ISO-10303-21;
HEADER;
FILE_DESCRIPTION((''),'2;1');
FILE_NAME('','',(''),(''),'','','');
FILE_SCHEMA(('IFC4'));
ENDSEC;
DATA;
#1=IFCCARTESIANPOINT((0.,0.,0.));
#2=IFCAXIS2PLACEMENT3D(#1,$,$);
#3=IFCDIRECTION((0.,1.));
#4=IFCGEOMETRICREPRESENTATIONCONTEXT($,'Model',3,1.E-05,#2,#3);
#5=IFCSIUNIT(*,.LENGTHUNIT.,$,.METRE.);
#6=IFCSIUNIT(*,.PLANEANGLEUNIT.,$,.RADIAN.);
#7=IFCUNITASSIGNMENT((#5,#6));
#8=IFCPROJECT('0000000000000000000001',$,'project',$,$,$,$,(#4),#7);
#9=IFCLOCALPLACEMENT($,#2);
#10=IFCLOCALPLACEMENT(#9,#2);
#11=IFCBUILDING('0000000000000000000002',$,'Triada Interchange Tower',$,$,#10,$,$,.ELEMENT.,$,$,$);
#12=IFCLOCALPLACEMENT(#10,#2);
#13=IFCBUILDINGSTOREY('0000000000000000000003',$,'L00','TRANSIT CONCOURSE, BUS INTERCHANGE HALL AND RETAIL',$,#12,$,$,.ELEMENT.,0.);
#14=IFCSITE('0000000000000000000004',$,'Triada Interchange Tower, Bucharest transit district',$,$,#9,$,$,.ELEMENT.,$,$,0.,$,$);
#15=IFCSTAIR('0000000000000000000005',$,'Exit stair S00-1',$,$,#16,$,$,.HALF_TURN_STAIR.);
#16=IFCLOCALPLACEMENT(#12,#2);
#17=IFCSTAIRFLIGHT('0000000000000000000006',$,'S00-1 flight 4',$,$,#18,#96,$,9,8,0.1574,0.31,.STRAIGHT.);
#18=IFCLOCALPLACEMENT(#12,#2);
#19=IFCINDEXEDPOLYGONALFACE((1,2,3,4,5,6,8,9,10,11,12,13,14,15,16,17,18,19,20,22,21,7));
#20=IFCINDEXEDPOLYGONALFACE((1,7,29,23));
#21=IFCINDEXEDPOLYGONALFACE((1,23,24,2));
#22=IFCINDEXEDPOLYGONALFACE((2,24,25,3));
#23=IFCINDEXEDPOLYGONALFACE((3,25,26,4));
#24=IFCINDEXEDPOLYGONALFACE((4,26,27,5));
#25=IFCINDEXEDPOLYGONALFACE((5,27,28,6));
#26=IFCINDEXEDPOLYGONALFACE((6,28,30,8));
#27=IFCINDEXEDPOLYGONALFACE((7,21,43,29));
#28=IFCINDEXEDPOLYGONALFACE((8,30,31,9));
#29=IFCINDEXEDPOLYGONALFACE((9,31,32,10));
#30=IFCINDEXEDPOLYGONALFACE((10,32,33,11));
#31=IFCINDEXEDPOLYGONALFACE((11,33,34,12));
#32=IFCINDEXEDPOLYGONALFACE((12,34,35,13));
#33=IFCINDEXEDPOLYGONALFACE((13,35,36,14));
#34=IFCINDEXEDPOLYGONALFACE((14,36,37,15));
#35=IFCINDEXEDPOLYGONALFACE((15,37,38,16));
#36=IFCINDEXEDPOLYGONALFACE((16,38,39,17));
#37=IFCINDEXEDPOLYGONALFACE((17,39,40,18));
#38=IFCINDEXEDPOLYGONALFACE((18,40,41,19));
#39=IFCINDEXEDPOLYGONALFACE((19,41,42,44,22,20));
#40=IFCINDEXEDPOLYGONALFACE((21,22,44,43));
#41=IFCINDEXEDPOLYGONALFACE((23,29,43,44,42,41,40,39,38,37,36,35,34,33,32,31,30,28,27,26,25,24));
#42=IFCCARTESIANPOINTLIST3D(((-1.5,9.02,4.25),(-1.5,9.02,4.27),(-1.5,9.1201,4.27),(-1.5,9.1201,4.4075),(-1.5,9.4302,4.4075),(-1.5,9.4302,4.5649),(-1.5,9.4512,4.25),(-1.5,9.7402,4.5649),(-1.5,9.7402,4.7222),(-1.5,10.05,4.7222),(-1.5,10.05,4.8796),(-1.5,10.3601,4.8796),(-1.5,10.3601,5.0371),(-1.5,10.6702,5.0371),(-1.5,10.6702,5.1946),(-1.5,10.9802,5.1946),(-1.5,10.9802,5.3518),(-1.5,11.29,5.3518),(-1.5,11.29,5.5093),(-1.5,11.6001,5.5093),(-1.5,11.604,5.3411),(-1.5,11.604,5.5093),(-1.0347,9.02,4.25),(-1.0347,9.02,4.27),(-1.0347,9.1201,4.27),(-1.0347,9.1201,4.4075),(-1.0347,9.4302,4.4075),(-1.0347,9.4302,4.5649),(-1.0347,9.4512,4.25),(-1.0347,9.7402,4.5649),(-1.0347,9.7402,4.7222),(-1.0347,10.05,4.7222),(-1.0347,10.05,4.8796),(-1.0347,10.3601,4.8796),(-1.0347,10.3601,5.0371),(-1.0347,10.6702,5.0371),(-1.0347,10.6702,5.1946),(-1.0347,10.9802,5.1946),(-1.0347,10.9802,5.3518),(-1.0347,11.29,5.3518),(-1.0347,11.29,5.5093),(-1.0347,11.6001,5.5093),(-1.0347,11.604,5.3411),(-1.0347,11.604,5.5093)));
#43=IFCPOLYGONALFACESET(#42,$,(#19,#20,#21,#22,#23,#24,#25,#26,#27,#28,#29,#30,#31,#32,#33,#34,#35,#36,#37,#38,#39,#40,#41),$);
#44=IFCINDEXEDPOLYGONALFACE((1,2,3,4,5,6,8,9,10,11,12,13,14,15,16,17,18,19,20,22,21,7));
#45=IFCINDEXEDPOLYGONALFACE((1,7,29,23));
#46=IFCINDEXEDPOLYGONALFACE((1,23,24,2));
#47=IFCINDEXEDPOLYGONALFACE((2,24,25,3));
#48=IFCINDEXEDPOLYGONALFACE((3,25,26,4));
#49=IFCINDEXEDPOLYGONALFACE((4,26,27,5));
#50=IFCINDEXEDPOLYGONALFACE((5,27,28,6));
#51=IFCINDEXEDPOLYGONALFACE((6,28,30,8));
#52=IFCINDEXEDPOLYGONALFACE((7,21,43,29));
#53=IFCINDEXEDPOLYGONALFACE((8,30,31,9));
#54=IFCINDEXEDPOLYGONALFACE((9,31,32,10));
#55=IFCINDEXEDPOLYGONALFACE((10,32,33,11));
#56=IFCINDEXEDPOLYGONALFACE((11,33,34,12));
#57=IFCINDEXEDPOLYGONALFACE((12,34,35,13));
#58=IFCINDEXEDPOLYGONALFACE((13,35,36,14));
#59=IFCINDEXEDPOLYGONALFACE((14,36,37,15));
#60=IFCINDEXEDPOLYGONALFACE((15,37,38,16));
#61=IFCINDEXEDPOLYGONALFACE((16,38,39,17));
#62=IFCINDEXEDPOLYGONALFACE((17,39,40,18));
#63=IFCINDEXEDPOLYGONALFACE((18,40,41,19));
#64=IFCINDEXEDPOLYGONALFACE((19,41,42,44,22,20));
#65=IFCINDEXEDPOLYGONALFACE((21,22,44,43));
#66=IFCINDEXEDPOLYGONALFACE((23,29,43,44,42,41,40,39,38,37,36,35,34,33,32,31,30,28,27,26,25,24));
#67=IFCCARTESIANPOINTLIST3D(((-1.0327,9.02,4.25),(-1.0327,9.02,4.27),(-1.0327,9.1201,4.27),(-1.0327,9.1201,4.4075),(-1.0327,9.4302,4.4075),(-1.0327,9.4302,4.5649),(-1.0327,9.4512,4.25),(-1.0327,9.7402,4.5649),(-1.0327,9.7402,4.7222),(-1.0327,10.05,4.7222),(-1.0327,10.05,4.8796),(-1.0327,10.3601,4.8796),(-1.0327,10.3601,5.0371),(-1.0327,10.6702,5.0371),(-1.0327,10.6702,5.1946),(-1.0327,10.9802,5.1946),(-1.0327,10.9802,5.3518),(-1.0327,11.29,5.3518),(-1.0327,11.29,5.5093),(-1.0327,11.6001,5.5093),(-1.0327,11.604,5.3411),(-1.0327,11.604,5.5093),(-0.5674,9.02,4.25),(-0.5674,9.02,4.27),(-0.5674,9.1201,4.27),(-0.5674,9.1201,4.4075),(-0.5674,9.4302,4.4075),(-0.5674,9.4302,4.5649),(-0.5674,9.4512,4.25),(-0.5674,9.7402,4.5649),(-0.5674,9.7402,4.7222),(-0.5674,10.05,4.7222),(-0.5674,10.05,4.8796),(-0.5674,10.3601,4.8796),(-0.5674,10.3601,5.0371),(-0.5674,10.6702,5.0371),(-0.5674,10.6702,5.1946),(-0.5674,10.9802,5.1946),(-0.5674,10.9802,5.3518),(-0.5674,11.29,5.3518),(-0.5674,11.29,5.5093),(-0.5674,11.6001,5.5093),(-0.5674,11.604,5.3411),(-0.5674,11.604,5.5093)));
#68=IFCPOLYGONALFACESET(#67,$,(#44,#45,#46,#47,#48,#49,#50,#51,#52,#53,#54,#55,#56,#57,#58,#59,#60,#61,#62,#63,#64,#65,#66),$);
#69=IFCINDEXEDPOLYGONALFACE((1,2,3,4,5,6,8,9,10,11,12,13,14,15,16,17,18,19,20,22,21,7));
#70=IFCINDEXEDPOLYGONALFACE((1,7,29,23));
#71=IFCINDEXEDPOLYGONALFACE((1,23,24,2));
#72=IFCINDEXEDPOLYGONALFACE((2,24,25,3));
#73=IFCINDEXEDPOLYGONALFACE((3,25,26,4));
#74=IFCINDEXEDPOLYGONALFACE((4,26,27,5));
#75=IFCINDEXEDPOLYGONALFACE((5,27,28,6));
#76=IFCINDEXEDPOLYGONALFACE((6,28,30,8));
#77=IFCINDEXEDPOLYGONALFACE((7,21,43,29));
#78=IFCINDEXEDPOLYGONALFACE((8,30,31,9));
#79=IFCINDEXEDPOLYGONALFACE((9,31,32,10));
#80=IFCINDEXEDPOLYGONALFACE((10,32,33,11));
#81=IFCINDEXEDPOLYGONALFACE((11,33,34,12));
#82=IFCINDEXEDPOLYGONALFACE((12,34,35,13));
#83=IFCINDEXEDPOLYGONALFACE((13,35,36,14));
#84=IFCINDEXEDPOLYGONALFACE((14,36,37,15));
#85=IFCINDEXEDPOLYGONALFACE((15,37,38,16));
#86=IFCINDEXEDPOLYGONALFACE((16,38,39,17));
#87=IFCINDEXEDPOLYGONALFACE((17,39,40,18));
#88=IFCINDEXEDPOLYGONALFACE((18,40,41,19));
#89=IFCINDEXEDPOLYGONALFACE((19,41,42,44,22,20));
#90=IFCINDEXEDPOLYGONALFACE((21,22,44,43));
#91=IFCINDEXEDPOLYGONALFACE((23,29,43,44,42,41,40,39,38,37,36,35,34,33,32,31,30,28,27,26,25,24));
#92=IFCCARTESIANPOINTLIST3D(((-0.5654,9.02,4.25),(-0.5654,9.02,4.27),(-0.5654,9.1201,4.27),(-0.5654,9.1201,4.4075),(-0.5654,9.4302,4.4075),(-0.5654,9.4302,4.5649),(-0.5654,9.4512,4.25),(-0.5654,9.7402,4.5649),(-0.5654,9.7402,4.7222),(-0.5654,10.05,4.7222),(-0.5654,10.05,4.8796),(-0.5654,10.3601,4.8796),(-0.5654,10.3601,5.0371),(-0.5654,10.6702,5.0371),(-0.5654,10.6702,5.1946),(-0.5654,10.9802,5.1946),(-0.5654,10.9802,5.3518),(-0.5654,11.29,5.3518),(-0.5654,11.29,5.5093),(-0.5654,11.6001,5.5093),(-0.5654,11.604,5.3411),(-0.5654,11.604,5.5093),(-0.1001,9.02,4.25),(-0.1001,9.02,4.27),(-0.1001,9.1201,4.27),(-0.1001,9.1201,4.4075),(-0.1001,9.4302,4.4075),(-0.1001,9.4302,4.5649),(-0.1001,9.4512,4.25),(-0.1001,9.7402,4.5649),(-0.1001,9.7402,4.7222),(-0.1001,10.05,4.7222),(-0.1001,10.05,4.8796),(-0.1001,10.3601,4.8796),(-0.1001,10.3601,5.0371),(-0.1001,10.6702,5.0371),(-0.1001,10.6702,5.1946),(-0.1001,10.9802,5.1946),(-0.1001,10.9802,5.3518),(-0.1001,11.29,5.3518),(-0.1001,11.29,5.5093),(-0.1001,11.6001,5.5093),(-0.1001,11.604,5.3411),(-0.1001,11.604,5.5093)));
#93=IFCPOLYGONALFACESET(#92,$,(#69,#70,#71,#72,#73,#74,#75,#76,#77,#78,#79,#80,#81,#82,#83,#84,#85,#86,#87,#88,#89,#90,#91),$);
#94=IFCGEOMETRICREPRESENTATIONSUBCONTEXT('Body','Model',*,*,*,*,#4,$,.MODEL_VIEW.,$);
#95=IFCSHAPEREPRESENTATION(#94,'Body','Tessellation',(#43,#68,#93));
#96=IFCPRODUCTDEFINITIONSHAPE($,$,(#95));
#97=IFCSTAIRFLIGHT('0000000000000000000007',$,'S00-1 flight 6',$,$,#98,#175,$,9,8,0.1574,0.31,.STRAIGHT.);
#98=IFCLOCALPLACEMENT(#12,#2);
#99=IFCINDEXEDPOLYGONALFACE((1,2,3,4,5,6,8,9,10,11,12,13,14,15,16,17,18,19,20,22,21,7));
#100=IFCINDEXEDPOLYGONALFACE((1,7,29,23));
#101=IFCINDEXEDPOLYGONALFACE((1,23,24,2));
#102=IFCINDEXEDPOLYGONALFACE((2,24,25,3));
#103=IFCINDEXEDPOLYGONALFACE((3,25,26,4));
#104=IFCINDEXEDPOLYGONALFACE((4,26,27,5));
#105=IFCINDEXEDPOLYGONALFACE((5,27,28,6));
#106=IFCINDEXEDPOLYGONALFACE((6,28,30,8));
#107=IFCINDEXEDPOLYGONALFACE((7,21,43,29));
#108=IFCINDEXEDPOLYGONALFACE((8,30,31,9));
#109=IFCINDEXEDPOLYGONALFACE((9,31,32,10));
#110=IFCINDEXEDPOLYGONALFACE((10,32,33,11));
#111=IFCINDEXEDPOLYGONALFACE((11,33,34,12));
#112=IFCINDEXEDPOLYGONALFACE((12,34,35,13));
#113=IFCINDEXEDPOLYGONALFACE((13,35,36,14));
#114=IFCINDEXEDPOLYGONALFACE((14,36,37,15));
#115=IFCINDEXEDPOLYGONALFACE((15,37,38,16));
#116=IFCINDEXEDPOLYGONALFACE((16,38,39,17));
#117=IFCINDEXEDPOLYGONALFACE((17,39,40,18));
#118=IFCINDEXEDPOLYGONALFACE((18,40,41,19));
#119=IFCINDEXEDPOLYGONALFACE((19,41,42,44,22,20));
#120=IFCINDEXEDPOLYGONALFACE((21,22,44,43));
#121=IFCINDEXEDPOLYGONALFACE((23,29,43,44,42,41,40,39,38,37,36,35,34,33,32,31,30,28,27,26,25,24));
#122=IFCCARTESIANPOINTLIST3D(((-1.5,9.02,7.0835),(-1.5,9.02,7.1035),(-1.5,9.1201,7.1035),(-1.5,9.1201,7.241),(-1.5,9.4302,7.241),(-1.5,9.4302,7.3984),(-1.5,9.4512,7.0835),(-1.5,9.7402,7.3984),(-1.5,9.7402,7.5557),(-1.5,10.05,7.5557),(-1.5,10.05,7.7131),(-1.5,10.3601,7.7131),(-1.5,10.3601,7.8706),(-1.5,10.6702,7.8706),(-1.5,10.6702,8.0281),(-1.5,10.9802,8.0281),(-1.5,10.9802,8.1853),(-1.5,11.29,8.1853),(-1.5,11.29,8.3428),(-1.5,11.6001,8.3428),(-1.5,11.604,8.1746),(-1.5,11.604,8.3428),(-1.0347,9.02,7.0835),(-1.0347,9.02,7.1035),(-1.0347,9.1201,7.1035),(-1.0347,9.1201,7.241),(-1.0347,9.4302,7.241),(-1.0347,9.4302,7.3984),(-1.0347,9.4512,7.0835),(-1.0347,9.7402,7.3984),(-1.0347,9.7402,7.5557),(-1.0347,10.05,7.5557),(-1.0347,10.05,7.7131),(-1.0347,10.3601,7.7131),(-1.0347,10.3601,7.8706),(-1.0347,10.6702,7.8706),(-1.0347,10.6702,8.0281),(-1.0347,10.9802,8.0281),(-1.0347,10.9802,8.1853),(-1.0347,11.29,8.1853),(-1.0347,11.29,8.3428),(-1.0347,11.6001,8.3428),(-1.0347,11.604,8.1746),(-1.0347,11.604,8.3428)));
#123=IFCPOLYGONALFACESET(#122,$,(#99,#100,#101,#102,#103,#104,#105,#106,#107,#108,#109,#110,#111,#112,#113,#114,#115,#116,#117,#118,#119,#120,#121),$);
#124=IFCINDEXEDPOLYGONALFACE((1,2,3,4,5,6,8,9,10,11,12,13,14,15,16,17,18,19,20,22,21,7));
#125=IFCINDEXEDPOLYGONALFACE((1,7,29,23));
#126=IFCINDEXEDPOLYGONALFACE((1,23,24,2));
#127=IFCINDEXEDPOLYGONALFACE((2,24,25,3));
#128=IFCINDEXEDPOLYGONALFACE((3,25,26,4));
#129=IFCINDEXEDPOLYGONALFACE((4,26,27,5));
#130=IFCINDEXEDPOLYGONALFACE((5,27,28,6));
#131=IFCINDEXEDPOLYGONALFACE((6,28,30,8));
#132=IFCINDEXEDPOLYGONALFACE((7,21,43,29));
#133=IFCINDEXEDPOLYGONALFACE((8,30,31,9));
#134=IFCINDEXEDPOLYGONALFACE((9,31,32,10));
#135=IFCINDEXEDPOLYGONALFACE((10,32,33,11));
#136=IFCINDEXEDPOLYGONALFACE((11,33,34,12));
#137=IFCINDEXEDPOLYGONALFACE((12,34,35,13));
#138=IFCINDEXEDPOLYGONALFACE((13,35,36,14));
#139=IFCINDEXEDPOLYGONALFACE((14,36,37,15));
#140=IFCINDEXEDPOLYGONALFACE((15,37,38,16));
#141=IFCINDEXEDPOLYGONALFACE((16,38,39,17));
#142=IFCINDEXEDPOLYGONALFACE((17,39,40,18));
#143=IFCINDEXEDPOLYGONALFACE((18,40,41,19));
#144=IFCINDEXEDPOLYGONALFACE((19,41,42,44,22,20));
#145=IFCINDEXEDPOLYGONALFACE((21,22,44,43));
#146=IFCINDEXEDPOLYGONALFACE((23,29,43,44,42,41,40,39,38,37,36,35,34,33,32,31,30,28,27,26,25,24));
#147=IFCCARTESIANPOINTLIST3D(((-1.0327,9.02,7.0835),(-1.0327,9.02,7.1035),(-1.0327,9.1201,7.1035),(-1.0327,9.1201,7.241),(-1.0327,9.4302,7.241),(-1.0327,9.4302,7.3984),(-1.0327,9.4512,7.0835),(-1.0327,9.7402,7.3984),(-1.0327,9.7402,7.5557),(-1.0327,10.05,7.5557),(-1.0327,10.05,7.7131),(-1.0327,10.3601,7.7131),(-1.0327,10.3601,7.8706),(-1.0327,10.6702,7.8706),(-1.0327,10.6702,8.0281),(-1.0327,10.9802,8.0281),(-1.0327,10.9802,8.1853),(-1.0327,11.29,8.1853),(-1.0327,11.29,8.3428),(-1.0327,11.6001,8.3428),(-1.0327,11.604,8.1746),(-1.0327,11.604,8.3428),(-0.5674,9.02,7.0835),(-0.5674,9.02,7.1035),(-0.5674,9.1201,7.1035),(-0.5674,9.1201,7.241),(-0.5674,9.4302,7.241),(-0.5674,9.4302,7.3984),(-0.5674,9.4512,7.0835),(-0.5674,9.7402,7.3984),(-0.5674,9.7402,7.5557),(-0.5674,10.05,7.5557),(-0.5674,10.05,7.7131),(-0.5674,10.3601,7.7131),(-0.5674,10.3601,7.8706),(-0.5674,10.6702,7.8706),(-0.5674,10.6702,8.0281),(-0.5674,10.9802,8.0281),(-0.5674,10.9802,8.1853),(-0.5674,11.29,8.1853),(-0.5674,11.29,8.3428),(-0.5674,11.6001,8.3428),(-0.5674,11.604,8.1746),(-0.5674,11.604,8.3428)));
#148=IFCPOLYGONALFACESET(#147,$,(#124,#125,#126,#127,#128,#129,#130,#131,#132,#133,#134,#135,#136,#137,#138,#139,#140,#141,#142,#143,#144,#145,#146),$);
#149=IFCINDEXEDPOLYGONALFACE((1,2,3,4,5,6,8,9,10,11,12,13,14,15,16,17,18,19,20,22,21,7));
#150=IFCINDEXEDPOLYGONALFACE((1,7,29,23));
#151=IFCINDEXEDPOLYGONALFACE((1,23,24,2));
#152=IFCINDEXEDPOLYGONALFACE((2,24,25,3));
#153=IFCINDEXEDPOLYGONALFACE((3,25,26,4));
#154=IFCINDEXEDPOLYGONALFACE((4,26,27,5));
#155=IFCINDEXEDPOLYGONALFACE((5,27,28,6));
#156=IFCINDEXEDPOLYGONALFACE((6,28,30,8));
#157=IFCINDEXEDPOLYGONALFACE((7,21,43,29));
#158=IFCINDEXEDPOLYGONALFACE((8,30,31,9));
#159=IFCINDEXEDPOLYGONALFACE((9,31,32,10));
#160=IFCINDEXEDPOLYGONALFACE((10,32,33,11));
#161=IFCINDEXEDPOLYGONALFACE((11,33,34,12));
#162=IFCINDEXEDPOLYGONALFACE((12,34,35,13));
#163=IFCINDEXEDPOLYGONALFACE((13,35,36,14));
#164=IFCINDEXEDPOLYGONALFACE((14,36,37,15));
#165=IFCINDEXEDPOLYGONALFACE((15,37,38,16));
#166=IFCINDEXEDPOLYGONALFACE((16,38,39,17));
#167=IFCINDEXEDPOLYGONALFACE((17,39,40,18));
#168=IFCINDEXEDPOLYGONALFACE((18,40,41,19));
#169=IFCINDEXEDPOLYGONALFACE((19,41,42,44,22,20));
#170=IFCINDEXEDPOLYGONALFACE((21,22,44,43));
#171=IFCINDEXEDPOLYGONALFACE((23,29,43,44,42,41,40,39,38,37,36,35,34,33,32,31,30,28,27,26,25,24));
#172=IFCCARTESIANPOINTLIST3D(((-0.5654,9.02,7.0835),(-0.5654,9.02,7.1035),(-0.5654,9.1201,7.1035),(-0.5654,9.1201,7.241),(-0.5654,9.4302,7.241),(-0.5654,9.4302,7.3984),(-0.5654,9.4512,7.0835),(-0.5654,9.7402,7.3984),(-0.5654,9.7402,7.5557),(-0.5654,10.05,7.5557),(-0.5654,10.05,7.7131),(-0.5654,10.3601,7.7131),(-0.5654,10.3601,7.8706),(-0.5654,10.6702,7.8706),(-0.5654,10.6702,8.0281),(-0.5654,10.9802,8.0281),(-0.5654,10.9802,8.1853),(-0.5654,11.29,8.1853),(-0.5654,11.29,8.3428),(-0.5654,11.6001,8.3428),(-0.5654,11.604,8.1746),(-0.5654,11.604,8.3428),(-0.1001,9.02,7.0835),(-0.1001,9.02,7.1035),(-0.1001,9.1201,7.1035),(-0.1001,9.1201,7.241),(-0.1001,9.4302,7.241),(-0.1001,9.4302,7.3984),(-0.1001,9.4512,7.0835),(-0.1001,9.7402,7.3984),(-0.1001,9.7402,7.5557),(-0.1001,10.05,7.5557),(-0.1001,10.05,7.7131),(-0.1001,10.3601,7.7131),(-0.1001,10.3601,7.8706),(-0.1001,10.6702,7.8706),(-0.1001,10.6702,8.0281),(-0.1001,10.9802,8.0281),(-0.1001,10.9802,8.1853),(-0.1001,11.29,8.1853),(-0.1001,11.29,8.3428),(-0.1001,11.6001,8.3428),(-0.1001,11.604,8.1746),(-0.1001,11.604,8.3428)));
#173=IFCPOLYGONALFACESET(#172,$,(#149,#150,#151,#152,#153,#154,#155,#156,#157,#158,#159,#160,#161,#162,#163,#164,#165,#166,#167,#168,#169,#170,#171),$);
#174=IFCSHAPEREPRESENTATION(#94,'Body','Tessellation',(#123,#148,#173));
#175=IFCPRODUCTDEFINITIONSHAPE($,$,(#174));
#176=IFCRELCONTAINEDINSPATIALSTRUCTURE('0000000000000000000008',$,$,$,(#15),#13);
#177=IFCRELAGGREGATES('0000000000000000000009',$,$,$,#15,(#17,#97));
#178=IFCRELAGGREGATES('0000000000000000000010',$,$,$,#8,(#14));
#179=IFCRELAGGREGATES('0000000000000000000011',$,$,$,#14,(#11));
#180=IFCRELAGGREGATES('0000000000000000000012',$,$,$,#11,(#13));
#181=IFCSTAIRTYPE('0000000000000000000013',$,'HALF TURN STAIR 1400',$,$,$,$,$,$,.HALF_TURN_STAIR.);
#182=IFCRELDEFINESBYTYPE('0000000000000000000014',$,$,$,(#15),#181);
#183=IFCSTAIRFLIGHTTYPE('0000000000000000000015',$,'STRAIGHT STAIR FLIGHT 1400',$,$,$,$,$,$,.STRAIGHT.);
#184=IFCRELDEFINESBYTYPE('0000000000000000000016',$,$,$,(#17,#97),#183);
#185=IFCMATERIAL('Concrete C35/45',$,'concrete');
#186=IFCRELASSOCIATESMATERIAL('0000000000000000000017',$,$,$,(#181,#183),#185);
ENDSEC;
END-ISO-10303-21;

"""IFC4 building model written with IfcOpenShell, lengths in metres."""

from ifc_helpers import new_model, si_unit, direction, frame, origin, place, context, subcontext, project, spatial, polyline, outline, extrude, material, type_object, element, aggregate, save


model = new_model("IFC4")

# Units and contexts
model_context = context("Model", 3, precision=1e-05, world=origin(), true_north=direction((0.0, 1.0)))
body_context = subcontext(model_context, "Body", "Model", "MODEL_VIEW")
ifc_project = project(units=[si_unit("LENGTHUNIT", "METRE"), si_unit("PLANEANGLEUNIT", "RADIAN")], contexts=[model_context])

# Site, building, storey
site_placement = place(None, origin())
site = spatial("IfcSite", under=ifc_project, at=site_placement, Name="Triada Interchange Tower, Bucharest transit district", CompositionType="ELEMENT", RefElevation=0.0)
building_placement = place(site_placement, origin())
building = spatial("IfcBuilding", under=site, at=building_placement, Name="Triada Interchange Tower", CompositionType="ELEMENT")
storey_placement = place(building_placement, origin())
storey = spatial("IfcBuildingStorey", under=building, at=storey_placement, Name="L00", Description="TRANSIT CONCOURSE, BUS INTERCHANGE HALL AND RETAIL", CompositionType="ELEMENT", Elevation=0.0)

# Stair, stair flights
ifc_material_1 = material(Name="Concrete C35/45", Category="concrete")
stair_type = type_object("IfcStairType", Name="HALF TURN STAIR 1400", PredefinedType="HALF_TURN_STAIR", material=ifc_material_1)
stair_placement = place(storey_placement, origin())
stair = element("IfcStair", 1, at=stair_placement, inside=storey, type_object=stair_type, Name="Exit stair S00-1", PredefinedType="HALF_TURN_STAIR")
stair_flight_type = type_object("IfcStairFlightType", Name="STRAIGHT STAIR FLIGHT 1400", PredefinedType="STRAIGHT", material=ifc_material_1)
stair_flight_1_placement = place(storey_placement, frame((-0.8, 9.1201, 4.25), z_axis=(0.0, 0.0, 1.0), x_axis=(0.0, 1.0, 0.0)))
stair_flight_1 = element("IfcStairFlight", 2, at=stair_flight_1_placement, type_object=stair_flight_type, Name="S00-1 flight 4", NumberOfRisers=9, NumberOfTreads=8, PredefinedType="STRAIGHT", RiserHeight=0.1574, TreadLength=0.31, context=body_context, shape_type="SweptSolid", body=[
    extrude(outline(polyline([(-0.1001, 0.0), (-0.1001, 0.02), (0.0, 0.02), (0.0, 0.1575), (0.3101, 0.1575), (0.3101, 0.3149), (0.6201, 0.3149), (0.6201, 0.4722), (0.9299, 0.4722), (0.9299, 0.6296), (1.24, 0.6296), (1.24, 0.7871), (1.55, 0.7871), (1.55, 0.9446), (1.8601, 0.9446), (1.8601, 1.1018), (2.1699, 1.1018), (2.1699, 1.2593), (2.48, 1.2593), (2.4839, 1.2593), (2.4839, 1.4167), (2.4839, 1.0911), (0.3311, 0.0), (-0.1001, 0.0)])), frame((0.0, 0.7, 0.0), z_axis=(0.0, -1.0, 0.0), x_axis=(1.0, 0.0, 0.0)), (0.0, 0.0, 1.0), 0.4653),
    extrude(outline(polyline([(-0.1001, 0.0), (-0.1001, 0.02), (0.0, 0.02), (0.0, 0.1575), (0.3101, 0.1575), (0.3101, 0.3149), (0.6201, 0.3149), (0.6201, 0.4722), (0.9299, 0.4722), (0.9299, 0.6296), (1.24, 0.6296), (1.24, 0.7871), (1.55, 0.7871), (1.55, 0.9446), (1.8601, 0.9446), (1.8601, 1.1018), (2.1699, 1.1018), (2.1699, 1.2593), (2.48, 1.2593), (2.4839, 1.2593), (2.4839, 1.4167), (2.4839, 1.0911), (0.3311, 0.0), (-0.1001, 0.0)])), frame((0.0, 0.2327, 0.0), z_axis=(0.0, -1.0, 0.0), x_axis=(1.0, 0.0, 0.0)), (0.0, 0.0, 1.0), 0.4653),
    extrude(outline(polyline([(-0.1001, 0.0), (-0.1001, 0.02), (0.0, 0.02), (0.0, 0.1575), (0.3101, 0.1575), (0.3101, 0.3149), (0.6201, 0.3149), (0.6201, 0.4722), (0.9299, 0.4722), (0.9299, 0.6296), (1.24, 0.6296), (1.24, 0.7871), (1.55, 0.7871), (1.55, 0.9446), (1.8601, 0.9446), (1.8601, 1.1018), (2.1699, 1.1018), (2.1699, 1.2593), (2.48, 1.2593), (2.4839, 1.2593), (2.4839, 1.4167), (2.4839, 1.0911), (0.3311, 0.0), (-0.1001, 0.0)])), frame((0.0, -0.2346, 0.0), z_axis=(0.0, -1.0, 0.0), x_axis=(1.0, 0.0, 0.0)), (0.0, 0.0, 1.0), 0.4653),
])
stair_flight_2_placement = place(storey_placement, frame((-0.8, 9.1201, 7.0835), z_axis=(0.0, 0.0, 1.0), x_axis=(0.0, 1.0, 0.0)))
stair_flight_2 = element("IfcStairFlight", 3, at=stair_flight_2_placement, type_object=stair_flight_type, Name="S00-1 flight 6", NumberOfRisers=9, NumberOfTreads=8, PredefinedType="STRAIGHT", RiserHeight=0.1574, TreadLength=0.31, context=body_context, shape_type="SweptSolid", body=[
    extrude(outline(polyline([(-0.1001, 0.0), (-0.1001, 0.02), (0.0, 0.02), (0.0, 0.1575), (0.3101, 0.1575), (0.3101, 0.3149), (0.6201, 0.3149), (0.6201, 0.4722), (0.9299, 0.4722), (0.9299, 0.6296), (1.24, 0.6296), (1.24, 0.7871), (1.55, 0.7871), (1.55, 0.9446), (1.8601, 0.9446), (1.8601, 1.1018), (2.1699, 1.1018), (2.1699, 1.2593), (2.48, 1.2593), (2.4839, 1.2593), (2.4839, 1.4167), (2.4839, 1.0911), (0.3311, 0.0), (-0.1001, 0.0)])), frame((0.0, 0.7, 0.0), z_axis=(0.0, -1.0, 0.0), x_axis=(1.0, 0.0, 0.0)), (0.0, 0.0, 1.0), 0.4653),
    extrude(outline(polyline([(-0.1001, 0.0), (-0.1001, 0.02), (0.0, 0.02), (0.0, 0.1575), (0.3101, 0.1575), (0.3101, 0.3149), (0.6201, 0.3149), (0.6201, 0.4722), (0.9299, 0.4722), (0.9299, 0.6296), (1.24, 0.6296), (1.24, 0.7871), (1.55, 0.7871), (1.55, 0.9446), (1.8601, 0.9446), (1.8601, 1.1018), (2.1699, 1.1018), (2.1699, 1.2593), (2.48, 1.2593), (2.4839, 1.2593), (2.4839, 1.4167), (2.4839, 1.0911), (0.3311, 0.0), (-0.1001, 0.0)])), frame((0.0, 0.2327, 0.0), z_axis=(0.0, -1.0, 0.0), x_axis=(1.0, 0.0, 0.0)), (0.0, 0.0, 1.0), 0.4653),
    extrude(outline(polyline([(-0.1001, 0.0), (-0.1001, 0.02), (0.0, 0.02), (0.0, 0.1575), (0.3101, 0.1575), (0.3101, 0.3149), (0.6201, 0.3149), (0.6201, 0.4722), (0.9299, 0.4722), (0.9299, 0.6296), (1.24, 0.6296), (1.24, 0.7871), (1.55, 0.7871), (1.55, 0.9446), (1.8601, 0.9446), (1.8601, 1.1018), (2.1699, 1.1018), (2.1699, 1.2593), (2.48, 1.2593), (2.4839, 1.2593), (2.4839, 1.4167), (2.4839, 1.0911), (0.3311, 0.0), (-0.1001, 0.0)])), frame((0.0, -0.2346, 0.0), z_axis=(0.0, -1.0, 0.0), x_axis=(1.0, 0.0, 0.0)), (0.0, 0.0, 1.0), 0.4653),
])

aggregate(stair, [stair_flight_1, stair_flight_2])

save(model, "model.ifc")
